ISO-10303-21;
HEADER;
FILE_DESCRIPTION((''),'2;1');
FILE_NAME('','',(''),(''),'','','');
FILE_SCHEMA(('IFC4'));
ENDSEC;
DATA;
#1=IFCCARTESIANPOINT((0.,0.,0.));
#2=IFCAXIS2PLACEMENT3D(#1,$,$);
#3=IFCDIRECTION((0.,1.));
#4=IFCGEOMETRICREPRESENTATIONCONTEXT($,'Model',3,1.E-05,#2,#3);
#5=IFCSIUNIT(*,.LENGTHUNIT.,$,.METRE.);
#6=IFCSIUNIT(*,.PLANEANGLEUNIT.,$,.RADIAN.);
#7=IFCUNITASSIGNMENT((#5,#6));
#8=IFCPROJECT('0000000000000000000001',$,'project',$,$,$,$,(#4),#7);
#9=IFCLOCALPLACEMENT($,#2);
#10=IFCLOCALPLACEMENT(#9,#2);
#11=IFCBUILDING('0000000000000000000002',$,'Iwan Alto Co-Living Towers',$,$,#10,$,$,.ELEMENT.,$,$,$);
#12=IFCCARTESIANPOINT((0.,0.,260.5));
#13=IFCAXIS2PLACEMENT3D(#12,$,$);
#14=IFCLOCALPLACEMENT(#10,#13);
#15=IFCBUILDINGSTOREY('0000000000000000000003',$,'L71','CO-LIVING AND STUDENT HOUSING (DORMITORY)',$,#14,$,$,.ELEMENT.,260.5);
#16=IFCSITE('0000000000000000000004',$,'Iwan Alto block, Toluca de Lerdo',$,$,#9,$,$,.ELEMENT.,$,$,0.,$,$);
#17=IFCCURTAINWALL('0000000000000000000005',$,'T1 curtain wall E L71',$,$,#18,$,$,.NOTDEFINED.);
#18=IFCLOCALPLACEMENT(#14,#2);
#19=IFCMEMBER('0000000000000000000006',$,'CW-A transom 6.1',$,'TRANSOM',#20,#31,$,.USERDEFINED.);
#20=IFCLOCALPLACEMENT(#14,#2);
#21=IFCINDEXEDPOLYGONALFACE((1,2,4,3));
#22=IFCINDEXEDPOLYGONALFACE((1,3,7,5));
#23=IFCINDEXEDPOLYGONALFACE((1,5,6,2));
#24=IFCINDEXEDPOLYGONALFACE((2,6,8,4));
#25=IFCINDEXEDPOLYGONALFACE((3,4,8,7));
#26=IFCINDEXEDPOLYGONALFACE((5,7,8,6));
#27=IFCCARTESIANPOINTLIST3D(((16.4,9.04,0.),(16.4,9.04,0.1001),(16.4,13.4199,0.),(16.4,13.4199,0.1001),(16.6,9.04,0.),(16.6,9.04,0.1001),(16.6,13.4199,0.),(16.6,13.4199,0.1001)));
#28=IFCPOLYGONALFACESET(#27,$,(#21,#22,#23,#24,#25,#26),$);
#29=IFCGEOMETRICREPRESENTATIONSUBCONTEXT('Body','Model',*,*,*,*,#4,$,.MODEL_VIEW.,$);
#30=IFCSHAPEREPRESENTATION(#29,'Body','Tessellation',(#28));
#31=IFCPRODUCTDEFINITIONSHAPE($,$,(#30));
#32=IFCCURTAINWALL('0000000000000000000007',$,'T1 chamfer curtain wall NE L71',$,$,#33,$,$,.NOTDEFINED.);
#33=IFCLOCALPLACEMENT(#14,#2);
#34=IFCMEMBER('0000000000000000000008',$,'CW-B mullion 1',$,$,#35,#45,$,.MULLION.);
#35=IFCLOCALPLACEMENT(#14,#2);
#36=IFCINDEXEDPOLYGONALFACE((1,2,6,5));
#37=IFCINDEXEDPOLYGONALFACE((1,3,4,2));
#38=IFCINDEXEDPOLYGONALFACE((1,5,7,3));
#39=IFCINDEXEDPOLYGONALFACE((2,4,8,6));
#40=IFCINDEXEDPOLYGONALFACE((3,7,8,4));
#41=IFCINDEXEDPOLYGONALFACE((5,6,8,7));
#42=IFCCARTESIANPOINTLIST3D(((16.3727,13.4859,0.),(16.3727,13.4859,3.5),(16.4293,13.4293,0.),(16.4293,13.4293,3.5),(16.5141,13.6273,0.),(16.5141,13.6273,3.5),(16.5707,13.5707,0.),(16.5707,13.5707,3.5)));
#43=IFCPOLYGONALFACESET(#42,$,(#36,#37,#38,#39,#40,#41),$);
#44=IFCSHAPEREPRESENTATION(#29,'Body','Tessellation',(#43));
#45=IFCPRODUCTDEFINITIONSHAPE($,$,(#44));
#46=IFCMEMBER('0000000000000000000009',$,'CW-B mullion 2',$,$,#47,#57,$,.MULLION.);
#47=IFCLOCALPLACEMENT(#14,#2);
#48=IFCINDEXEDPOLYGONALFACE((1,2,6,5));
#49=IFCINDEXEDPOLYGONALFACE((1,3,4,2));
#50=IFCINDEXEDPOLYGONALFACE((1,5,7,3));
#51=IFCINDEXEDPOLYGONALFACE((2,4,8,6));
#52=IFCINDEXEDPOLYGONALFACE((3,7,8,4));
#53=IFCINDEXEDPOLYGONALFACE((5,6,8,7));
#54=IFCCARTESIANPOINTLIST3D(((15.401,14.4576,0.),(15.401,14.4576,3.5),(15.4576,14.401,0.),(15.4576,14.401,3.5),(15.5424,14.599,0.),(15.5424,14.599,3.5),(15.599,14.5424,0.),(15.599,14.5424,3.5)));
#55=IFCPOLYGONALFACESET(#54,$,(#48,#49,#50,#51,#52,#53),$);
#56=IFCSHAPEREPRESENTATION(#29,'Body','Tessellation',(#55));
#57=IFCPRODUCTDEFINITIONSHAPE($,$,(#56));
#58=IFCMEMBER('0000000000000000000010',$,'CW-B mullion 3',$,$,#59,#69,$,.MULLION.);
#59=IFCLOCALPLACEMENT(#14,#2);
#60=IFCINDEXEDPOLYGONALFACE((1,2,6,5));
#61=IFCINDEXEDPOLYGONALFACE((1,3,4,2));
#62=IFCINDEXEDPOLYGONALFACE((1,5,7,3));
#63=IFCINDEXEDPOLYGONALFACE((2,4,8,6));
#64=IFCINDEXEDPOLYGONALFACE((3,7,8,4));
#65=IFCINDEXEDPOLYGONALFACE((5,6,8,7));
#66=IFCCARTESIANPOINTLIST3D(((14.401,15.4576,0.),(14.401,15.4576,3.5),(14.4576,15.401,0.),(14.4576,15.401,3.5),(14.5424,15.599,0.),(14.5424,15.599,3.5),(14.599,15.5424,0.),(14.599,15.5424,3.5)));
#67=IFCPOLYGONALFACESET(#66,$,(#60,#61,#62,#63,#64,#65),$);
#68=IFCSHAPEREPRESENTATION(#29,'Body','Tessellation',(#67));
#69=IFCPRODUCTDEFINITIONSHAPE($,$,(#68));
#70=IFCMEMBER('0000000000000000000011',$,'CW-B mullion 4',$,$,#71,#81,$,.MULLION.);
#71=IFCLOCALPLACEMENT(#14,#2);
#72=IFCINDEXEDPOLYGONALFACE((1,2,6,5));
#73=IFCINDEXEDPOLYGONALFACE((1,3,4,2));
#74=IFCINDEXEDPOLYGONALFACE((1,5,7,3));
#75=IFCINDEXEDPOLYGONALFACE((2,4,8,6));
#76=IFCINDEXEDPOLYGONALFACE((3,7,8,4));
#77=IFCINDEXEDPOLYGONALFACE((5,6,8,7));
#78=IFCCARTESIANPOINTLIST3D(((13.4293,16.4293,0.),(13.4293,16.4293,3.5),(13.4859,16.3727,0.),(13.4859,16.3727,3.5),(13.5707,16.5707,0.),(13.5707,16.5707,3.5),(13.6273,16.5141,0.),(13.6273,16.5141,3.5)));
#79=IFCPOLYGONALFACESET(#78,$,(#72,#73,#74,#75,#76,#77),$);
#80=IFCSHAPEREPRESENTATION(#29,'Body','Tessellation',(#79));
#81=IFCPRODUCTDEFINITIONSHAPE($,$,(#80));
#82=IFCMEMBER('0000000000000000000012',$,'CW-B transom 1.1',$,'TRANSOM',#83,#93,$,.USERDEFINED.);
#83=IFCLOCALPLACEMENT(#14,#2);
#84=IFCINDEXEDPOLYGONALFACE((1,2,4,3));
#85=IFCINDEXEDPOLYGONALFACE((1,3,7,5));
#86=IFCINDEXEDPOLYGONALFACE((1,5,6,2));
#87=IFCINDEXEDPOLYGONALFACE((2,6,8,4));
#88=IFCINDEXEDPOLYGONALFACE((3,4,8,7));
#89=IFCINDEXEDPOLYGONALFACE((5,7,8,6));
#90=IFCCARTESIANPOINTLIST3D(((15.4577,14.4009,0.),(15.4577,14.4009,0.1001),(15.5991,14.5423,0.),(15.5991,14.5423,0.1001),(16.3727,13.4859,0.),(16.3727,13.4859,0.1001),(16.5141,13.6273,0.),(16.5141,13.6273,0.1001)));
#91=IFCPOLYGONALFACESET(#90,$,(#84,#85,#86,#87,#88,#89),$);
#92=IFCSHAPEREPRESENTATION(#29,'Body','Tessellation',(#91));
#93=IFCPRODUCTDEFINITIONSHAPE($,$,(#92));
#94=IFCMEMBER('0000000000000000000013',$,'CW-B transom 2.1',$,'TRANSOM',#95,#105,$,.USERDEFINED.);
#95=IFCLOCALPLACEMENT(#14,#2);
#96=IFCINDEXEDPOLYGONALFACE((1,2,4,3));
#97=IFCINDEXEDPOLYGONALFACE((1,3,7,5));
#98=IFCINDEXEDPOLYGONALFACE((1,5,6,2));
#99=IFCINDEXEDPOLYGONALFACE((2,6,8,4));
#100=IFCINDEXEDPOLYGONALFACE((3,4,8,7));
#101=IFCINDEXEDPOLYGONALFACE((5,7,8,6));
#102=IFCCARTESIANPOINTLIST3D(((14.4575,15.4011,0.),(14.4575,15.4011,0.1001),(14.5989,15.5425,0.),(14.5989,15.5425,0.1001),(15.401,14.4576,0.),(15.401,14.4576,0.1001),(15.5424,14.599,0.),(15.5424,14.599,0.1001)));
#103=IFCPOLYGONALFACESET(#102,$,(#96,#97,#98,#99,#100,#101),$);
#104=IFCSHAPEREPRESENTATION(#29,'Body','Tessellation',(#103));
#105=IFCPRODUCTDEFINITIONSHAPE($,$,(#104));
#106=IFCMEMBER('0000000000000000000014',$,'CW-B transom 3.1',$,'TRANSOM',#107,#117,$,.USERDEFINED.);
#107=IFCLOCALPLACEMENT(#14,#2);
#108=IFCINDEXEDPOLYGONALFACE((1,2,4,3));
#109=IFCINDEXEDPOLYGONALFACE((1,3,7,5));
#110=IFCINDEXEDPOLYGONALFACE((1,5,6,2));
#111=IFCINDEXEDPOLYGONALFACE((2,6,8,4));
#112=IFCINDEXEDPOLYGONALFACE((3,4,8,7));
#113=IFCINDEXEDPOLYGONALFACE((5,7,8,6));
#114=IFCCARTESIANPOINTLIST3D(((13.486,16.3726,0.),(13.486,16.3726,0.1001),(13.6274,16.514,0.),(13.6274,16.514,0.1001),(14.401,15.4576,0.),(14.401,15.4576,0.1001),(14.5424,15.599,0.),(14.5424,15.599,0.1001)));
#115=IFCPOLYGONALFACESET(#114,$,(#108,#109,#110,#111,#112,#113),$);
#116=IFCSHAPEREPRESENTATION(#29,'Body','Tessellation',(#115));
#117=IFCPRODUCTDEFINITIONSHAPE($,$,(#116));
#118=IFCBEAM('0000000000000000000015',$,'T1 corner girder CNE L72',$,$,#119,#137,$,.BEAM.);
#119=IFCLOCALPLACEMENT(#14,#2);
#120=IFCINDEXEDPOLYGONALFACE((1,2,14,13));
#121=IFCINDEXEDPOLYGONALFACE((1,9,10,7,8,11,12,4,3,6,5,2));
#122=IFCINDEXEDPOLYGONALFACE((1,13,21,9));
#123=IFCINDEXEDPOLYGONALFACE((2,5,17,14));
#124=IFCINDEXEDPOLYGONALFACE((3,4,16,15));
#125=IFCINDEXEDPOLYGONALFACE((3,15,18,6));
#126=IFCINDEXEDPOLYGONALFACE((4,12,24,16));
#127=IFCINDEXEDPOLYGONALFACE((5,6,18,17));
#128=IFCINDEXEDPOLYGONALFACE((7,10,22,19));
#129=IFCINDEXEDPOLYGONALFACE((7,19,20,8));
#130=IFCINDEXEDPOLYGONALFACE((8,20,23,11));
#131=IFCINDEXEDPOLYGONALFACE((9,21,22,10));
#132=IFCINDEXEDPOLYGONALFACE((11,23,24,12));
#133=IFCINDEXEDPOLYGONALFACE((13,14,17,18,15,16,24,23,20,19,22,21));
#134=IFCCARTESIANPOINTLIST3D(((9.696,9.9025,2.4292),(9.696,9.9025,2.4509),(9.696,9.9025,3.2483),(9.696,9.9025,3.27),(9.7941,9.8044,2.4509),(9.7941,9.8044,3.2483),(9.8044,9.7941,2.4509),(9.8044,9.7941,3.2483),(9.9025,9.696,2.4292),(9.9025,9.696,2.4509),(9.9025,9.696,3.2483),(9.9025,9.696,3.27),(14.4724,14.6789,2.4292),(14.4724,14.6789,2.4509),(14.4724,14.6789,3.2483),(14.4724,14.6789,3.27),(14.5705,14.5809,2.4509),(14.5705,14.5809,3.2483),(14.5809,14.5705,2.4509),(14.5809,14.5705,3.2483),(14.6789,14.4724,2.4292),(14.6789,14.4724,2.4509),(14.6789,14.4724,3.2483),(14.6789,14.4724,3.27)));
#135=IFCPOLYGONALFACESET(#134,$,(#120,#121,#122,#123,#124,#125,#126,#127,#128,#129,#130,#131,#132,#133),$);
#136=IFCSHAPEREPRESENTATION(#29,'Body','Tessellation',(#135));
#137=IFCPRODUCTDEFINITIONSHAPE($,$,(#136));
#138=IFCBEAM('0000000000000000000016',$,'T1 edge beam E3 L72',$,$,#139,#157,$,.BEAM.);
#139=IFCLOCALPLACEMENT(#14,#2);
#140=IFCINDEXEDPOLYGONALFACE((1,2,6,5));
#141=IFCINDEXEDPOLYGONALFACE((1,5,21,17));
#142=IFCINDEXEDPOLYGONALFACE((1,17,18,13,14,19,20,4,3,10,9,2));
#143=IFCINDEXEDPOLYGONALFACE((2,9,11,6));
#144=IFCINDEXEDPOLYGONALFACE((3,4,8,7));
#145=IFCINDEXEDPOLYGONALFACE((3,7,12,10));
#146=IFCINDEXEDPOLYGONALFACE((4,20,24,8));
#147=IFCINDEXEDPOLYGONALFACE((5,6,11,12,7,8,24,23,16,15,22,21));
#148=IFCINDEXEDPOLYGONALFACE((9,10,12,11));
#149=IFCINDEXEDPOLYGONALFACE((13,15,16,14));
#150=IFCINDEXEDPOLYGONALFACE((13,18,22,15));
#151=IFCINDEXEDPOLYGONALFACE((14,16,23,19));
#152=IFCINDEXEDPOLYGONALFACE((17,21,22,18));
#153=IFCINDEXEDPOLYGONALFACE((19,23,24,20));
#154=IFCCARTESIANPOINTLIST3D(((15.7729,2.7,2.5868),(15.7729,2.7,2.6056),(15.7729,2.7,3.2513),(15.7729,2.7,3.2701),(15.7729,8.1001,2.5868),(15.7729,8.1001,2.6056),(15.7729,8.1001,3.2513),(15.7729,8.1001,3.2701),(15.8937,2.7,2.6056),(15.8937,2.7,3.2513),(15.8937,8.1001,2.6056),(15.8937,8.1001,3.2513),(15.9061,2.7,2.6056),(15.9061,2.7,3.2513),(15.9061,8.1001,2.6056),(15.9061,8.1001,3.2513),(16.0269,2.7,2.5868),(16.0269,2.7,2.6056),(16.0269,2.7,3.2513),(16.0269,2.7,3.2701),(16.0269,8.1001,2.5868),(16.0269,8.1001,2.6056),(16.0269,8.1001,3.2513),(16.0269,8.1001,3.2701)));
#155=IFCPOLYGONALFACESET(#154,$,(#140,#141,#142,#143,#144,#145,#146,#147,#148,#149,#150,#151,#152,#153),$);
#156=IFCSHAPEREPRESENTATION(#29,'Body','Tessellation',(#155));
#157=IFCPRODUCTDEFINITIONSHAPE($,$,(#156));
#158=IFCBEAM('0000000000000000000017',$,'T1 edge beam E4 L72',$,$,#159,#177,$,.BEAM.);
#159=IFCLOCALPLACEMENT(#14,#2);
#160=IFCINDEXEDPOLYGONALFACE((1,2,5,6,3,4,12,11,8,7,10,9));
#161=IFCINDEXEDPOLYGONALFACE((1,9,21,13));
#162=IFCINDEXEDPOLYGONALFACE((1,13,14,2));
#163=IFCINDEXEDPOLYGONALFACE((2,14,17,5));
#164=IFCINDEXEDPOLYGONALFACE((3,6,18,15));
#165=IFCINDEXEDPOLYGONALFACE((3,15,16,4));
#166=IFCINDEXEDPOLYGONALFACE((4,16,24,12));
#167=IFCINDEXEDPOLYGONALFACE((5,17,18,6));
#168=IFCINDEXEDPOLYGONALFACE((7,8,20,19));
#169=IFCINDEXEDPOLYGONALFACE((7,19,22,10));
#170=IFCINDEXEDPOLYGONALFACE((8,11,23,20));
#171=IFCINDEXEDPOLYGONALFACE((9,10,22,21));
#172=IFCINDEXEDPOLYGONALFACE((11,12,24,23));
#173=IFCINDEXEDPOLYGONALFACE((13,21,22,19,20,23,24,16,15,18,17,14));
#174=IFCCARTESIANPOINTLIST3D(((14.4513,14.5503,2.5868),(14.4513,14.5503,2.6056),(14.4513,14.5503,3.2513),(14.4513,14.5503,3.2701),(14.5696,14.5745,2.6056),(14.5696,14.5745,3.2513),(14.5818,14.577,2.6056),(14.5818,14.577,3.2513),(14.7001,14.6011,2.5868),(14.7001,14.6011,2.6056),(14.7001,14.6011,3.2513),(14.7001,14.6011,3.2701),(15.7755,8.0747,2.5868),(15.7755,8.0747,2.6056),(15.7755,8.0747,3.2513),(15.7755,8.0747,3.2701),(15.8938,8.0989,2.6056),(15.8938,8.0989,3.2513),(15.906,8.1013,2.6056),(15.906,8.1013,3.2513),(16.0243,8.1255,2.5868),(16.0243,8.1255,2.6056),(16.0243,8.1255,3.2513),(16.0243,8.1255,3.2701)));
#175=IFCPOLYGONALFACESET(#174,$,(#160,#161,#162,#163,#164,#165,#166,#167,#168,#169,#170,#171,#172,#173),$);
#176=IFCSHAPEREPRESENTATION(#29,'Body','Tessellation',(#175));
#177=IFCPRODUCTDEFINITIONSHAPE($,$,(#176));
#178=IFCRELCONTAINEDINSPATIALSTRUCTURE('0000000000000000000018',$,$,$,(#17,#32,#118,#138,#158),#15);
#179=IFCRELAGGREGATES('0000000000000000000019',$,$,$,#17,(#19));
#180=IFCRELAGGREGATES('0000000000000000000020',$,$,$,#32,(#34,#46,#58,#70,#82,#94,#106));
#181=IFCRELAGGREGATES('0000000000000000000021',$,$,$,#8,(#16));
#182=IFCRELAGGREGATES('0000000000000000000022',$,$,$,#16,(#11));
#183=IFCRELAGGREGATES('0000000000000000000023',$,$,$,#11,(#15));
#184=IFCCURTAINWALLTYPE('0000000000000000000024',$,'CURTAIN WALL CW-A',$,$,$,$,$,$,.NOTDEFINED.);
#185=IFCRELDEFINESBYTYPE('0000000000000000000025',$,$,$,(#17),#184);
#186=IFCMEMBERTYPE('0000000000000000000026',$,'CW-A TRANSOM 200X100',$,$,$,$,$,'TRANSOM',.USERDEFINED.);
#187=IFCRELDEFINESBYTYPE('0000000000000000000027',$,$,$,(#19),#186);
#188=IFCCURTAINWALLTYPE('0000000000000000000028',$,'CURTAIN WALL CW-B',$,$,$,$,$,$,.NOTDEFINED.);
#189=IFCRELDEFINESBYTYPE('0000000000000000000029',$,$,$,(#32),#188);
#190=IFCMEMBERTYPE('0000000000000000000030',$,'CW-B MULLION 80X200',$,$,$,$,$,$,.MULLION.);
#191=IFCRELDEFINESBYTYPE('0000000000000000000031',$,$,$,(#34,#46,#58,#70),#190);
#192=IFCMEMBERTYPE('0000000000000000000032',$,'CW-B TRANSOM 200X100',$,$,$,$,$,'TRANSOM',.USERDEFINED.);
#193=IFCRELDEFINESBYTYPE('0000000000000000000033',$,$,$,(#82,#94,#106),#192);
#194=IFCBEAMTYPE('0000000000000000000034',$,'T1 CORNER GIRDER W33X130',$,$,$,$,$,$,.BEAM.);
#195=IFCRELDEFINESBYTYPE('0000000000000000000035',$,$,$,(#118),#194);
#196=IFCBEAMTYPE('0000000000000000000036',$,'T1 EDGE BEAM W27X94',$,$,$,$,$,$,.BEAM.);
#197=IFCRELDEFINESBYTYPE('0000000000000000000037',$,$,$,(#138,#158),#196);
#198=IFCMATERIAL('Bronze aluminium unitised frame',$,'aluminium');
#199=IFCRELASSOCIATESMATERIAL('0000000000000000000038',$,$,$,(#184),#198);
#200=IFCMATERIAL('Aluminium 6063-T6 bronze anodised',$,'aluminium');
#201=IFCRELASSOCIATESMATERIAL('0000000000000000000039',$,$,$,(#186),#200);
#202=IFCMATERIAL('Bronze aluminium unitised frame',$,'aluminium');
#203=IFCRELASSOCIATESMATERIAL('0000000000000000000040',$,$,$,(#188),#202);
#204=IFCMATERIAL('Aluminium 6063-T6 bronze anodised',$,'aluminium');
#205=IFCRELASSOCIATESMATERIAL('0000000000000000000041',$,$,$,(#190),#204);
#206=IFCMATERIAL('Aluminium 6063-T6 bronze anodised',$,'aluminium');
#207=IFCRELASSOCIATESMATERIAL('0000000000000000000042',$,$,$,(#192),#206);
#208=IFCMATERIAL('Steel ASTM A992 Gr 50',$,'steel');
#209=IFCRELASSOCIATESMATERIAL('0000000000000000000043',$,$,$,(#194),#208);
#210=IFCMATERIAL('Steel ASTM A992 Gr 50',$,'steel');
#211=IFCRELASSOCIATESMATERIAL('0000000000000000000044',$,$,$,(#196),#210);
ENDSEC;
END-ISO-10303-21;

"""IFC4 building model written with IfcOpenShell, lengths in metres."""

from ifc_helpers import new_model, si_unit, direction, frame, origin, origin_2d, place, context, subcontext, project, spatial, rectangle, i_section, extrude, material, material_profile, profile_set, type_object, element, aggregate, save


model = new_model("IFC4")

# Units and contexts
model_context = context("Model", 3, precision=1e-05, world=origin(), true_north=direction((0.0, 1.0)))
body_context = subcontext(model_context, "Body", "Model", "MODEL_VIEW")
ifc_project = project(units=[si_unit("LENGTHUNIT", "METRE"), si_unit("PLANEANGLEUNIT", "RADIAN")], contexts=[model_context])

# Site, building, storey
site_placement = place(None, origin())
site = spatial("IfcSite", under=ifc_project, at=site_placement, Name="Iwan Alto block, Toluca de Lerdo", CompositionType="ELEMENT", RefElevation=0.0)
building_placement = place(site_placement, origin())
building = spatial("IfcBuilding", under=site, at=building_placement, Name="Iwan Alto Co-Living Towers", CompositionType="ELEMENT")
storey_placement = place(building_placement, frame((0.0, 0.0, 260.5)))
storey = spatial("IfcBuildingStorey", under=building, at=storey_placement, Name="L71", Description="CO-LIVING AND STUDENT HOUSING (DORMITORY)", CompositionType="ELEMENT", Elevation=260.5)

# Curtain wall
ifc_material_1 = material(Name="Bronze aluminium unitised frame", Category="aluminium")
curtain_wall_type_1 = type_object("IfcCurtainWallType", Name="CURTAIN WALL CW-A", PredefinedType="NOTDEFINED", material=ifc_material_1)
curtain_wall_1_placement = place(storey_placement, origin())
curtain_wall_1 = element("IfcCurtainWall", 1, at=curtain_wall_1_placement, inside=storey, type_object=curtain_wall_type_1, Name="T1 curtain wall E L71", PredefinedType="NOTDEFINED")

# Member
ifc_material_2 = material(Name="Aluminium 6063-T6 bronze anodised", Category="aluminium")
ifc_material_profile_1 = material_profile(ifc_material_2, rectangle(XDim=0.2, YDim=0.1001, at=origin_2d()), Name="AL 200X100")
ifc_profile_set_1 = profile_set([ifc_material_profile_1], Name="Aluminium 6063-T6 bronze anodised")
member_type_1 = type_object("IfcMemberType", Name="CW-A TRANSOM 200X100", ElementType="TRANSOM", PredefinedType="USERDEFINED", material=ifc_profile_set_1)
member_1_placement = place(storey_placement, frame((16.5, 9.04, 0.05), z_axis=(0.0, 1.0, 0.0), x_axis=(-1.0, 0.0, 0.0)))
member_1 = element("IfcMember", 2, at=member_1_placement, type_object=member_type_1, Name="CW-A transom 6.1", ObjectType="TRANSOM", PredefinedType="USERDEFINED", context=body_context, shape_type="SweptSolid", body=[
    extrude(rectangle(XDim=0.2, YDim=0.1001, at=origin_2d()), origin(), (0.0, 0.0, 1.0), 4.3799),
])

# Curtain wall, members
ifc_material_3 = material(Name="Bronze aluminium unitised frame", Category="aluminium")
curtain_wall_type_2 = type_object("IfcCurtainWallType", Name="CURTAIN WALL CW-B", PredefinedType="NOTDEFINED", material=ifc_material_3)
curtain_wall_2_placement = place(storey_placement, origin())
curtain_wall_2 = element("IfcCurtainWall", 3, at=curtain_wall_2_placement, inside=storey, type_object=curtain_wall_type_2, Name="T1 chamfer curtain wall NE L71", PredefinedType="NOTDEFINED")
ifc_material_4 = material(Name="Aluminium 6063-T6 bronze anodised", Category="aluminium")
ifc_material_profile_2 = material_profile(ifc_material_4, rectangle(XDim=0.2, YDim=0.0801, at=origin_2d()), Name="AL 80X200")
ifc_profile_set_2 = profile_set([ifc_material_profile_2], Name="Aluminium 6063-T6 bronze anodised")
member_type_2 = type_object("IfcMemberType", Name="CW-B MULLION 80X200", PredefinedType="MULLION", material=ifc_profile_set_2)
member_2_placement = place(storey_placement, frame((16.4717, 13.5283, 0.0), z_axis=(0.0, 0.0, 1.0), x_axis=(-0.707107, -0.707107, 0.0)))
member_2 = element("IfcMember", 4, at=member_2_placement, type_object=member_type_2, Name="CW-B mullion 1", PredefinedType="MULLION", context=body_context, shape_type="SweptSolid", body=[
    extrude(rectangle(XDim=0.2, YDim=0.0801, at=origin_2d()), origin(), (0.0, 0.0, 1.0), 3.5),
])
member_3_placement = place(storey_placement, frame((15.5, 14.5, 0.0), z_axis=(0.0, 0.0, 1.0), x_axis=(-0.707107, -0.707107, 0.0)))
member_3 = element("IfcMember", 5, at=member_3_placement, type_object=member_type_2, Name="CW-B mullion 2", PredefinedType="MULLION", context=body_context, shape_type="SweptSolid", body=[
    extrude(rectangle(XDim=0.2, YDim=0.0801, at=origin_2d()), origin(), (0.0, 0.0, 1.0), 3.5),
])
member_4_placement = place(storey_placement, frame((14.5, 15.5, 0.0), z_axis=(0.0, 0.0, 1.0), x_axis=(-0.707107, -0.707107, 0.0)))
member_4 = element("IfcMember", 6, at=member_4_placement, type_object=member_type_2, Name="CW-B mullion 3", PredefinedType="MULLION", context=body_context, shape_type="SweptSolid", body=[
    extrude(rectangle(XDim=0.2, YDim=0.0801, at=origin_2d()), origin(), (0.0, 0.0, 1.0), 3.5),
])
member_5_placement = place(storey_placement, frame((13.5283, 16.4717, 0.0), z_axis=(0.0, 0.0, 1.0), x_axis=(-0.707107, -0.707107, 0.0)))
member_5 = element("IfcMember", 7, at=member_5_placement, type_object=member_type_2, Name="CW-B mullion 4", PredefinedType="MULLION", context=body_context, shape_type="SweptSolid", body=[
    extrude(rectangle(XDim=0.2, YDim=0.0801, at=origin_2d()), origin(), (0.0, 0.0, 1.0), 3.5),
])
ifc_material_5 = material(Name="Aluminium 6063-T6 bronze anodised", Category="aluminium")
ifc_material_profile_3 = material_profile(ifc_material_5, rectangle(XDim=0.2, YDim=0.1001, at=origin_2d()), Name="AL 200X100")
ifc_profile_set_3 = profile_set([ifc_material_profile_3], Name="Aluminium 6063-T6 bronze anodised")
member_type_3 = type_object("IfcMemberType", Name="CW-B TRANSOM 200X100", ElementType="TRANSOM", PredefinedType="USERDEFINED", material=ifc_profile_set_3)
member_6_placement = place(storey_placement, frame((16.4434, 13.5566, 0.05), z_axis=(-0.707107, 0.707107, 0.0), x_axis=(-0.707107, -0.707107, 0.0)))
member_6 = element("IfcMember", 8, at=member_6_placement, type_object=member_type_3, Name="CW-B transom 1.1", ObjectType="TRANSOM", PredefinedType="USERDEFINED", context=body_context, shape_type="SweptSolid", body=[
    extrude(rectangle(XDim=0.2, YDim=0.1001, at=origin_2d()), origin(), (0.0, 0.0, 1.0), 1.2939),
])
member_7_placement = place(storey_placement, frame((15.4717, 14.5283, 0.05), z_axis=(-0.707107, 0.707107, 0.0), x_axis=(-0.707107, -0.707107, 0.0)))
member_7 = element("IfcMember", 9, at=member_7_placement, type_object=member_type_3, Name="CW-B transom 2.1", ObjectType="TRANSOM", PredefinedType="USERDEFINED", context=body_context, shape_type="SweptSolid", body=[
    extrude(rectangle(XDim=0.2, YDim=0.1001, at=origin_2d()), origin(), (0.0, 0.0, 1.0), 1.3342),
])
member_8_placement = place(storey_placement, frame((14.4717, 15.5283, 0.05), z_axis=(-0.707107, 0.707107, 0.0), x_axis=(-0.707107, -0.707107, 0.0)))
member_8 = element("IfcMember", 10, at=member_8_placement, type_object=member_type_3, Name="CW-B transom 3.1", ObjectType="TRANSOM", PredefinedType="USERDEFINED", context=body_context, shape_type="SweptSolid", body=[
    extrude(rectangle(XDim=0.2, YDim=0.1001, at=origin_2d()), origin(), (0.0, 0.0, 1.0), 1.2939),
])

# Beams
ifc_material_6 = material(Name="Steel ASTM A992 Gr 50", Category="steel")
ifc_material_profile_4 = material_profile(ifc_material_6, i_section(OverallWidth=0.292, OverallDepth=0.8408, WebThickness=0.0146, FlangeThickness=0.0217, at=origin_2d()), Name="W33X130")
ifc_profile_set_4 = profile_set([ifc_material_profile_4], Name="Steel ASTM A992 Gr 50")
beam_type_1 = type_object("IfcBeamType", Name="T1 CORNER GIRDER W33X130", PredefinedType="BEAM", material=ifc_profile_set_4)
beam_1_placement = place(storey_placement, frame((14.5757, 14.5757, 2.8496), z_axis=(-0.707107, -0.707107, 0.0), x_axis=(0.707107, -0.707107, 0.0)))
element("IfcBeam", 11, at=beam_1_placement, inside=storey, type_object=beam_type_1, Name="T1 corner girder CNE L72", PredefinedType="BEAM", context=body_context, shape_type="SweptSolid", body=[
    extrude(i_section(OverallWidth=0.292, OverallDepth=0.8408, WebThickness=0.0146, FlangeThickness=0.0217, at=origin_2d()), origin(), (0.0, 0.0, 1.0), 6.7549),
])
ifc_material_7 = material(Name="Steel ASTM A992 Gr 50", Category="steel")
ifc_material_profile_5 = material_profile(ifc_material_7, i_section(OverallWidth=0.2539, OverallDepth=0.6833, WebThickness=0.0125, FlangeThickness=0.0188, at=origin_2d()), Name="W27X94")
ifc_profile_set_5 = profile_set([ifc_material_profile_5], Name="Steel ASTM A992 Gr 50")
beam_type_2 = type_object("IfcBeamType", Name="T1 EDGE BEAM W27X94", PredefinedType="BEAM", material=ifc_profile_set_5)
beam_2_placement = place(storey_placement, frame((15.8999, 2.7, 2.9285), z_axis=(0.0, 1.0, 0.0), x_axis=(-1.0, 0.0, 0.0)))
element("IfcBeam", 12, at=beam_2_placement, inside=storey, type_object=beam_type_2, Name="T1 edge beam E3 L72", PredefinedType="BEAM", context=body_context, shape_type="SweptSolid", body=[
    extrude(i_section(OverallWidth=0.2539, OverallDepth=0.6833, WebThickness=0.0125, FlangeThickness=0.0188, at=origin_2d()), origin(), (0.0, 0.0, 1.0), 5.4001),
])
for number, where, z_axis, x_axis, name in (
    (13, (15.8999, 8.1001, 2.9285), (-0.200348, 0.979725, 0.0), (-0.979725, -0.200348, 0.0), "T1 edge beam E4 L72"),
):
    element("IfcBeam", number, at=place(storey_placement, frame(where, z_axis=z_axis, x_axis=x_axis)), inside=storey, type_object=beam_type_2, Name=name, PredefinedType="BEAM", context=body_context, shape_type="SweptSolid", body=[
        extrude(i_section(OverallWidth=0.2539, OverallDepth=0.6833, WebThickness=0.0125, FlangeThickness=0.0188, at=origin_2d()), origin(), (0.0, 0.0, 1.0), 6.6096),
    ])

aggregate(curtain_wall_1, [member_1])
aggregate(curtain_wall_2, [member_2, member_3, member_4, member_5, member_6, member_7, member_8])

save(model, "model.ifc")
